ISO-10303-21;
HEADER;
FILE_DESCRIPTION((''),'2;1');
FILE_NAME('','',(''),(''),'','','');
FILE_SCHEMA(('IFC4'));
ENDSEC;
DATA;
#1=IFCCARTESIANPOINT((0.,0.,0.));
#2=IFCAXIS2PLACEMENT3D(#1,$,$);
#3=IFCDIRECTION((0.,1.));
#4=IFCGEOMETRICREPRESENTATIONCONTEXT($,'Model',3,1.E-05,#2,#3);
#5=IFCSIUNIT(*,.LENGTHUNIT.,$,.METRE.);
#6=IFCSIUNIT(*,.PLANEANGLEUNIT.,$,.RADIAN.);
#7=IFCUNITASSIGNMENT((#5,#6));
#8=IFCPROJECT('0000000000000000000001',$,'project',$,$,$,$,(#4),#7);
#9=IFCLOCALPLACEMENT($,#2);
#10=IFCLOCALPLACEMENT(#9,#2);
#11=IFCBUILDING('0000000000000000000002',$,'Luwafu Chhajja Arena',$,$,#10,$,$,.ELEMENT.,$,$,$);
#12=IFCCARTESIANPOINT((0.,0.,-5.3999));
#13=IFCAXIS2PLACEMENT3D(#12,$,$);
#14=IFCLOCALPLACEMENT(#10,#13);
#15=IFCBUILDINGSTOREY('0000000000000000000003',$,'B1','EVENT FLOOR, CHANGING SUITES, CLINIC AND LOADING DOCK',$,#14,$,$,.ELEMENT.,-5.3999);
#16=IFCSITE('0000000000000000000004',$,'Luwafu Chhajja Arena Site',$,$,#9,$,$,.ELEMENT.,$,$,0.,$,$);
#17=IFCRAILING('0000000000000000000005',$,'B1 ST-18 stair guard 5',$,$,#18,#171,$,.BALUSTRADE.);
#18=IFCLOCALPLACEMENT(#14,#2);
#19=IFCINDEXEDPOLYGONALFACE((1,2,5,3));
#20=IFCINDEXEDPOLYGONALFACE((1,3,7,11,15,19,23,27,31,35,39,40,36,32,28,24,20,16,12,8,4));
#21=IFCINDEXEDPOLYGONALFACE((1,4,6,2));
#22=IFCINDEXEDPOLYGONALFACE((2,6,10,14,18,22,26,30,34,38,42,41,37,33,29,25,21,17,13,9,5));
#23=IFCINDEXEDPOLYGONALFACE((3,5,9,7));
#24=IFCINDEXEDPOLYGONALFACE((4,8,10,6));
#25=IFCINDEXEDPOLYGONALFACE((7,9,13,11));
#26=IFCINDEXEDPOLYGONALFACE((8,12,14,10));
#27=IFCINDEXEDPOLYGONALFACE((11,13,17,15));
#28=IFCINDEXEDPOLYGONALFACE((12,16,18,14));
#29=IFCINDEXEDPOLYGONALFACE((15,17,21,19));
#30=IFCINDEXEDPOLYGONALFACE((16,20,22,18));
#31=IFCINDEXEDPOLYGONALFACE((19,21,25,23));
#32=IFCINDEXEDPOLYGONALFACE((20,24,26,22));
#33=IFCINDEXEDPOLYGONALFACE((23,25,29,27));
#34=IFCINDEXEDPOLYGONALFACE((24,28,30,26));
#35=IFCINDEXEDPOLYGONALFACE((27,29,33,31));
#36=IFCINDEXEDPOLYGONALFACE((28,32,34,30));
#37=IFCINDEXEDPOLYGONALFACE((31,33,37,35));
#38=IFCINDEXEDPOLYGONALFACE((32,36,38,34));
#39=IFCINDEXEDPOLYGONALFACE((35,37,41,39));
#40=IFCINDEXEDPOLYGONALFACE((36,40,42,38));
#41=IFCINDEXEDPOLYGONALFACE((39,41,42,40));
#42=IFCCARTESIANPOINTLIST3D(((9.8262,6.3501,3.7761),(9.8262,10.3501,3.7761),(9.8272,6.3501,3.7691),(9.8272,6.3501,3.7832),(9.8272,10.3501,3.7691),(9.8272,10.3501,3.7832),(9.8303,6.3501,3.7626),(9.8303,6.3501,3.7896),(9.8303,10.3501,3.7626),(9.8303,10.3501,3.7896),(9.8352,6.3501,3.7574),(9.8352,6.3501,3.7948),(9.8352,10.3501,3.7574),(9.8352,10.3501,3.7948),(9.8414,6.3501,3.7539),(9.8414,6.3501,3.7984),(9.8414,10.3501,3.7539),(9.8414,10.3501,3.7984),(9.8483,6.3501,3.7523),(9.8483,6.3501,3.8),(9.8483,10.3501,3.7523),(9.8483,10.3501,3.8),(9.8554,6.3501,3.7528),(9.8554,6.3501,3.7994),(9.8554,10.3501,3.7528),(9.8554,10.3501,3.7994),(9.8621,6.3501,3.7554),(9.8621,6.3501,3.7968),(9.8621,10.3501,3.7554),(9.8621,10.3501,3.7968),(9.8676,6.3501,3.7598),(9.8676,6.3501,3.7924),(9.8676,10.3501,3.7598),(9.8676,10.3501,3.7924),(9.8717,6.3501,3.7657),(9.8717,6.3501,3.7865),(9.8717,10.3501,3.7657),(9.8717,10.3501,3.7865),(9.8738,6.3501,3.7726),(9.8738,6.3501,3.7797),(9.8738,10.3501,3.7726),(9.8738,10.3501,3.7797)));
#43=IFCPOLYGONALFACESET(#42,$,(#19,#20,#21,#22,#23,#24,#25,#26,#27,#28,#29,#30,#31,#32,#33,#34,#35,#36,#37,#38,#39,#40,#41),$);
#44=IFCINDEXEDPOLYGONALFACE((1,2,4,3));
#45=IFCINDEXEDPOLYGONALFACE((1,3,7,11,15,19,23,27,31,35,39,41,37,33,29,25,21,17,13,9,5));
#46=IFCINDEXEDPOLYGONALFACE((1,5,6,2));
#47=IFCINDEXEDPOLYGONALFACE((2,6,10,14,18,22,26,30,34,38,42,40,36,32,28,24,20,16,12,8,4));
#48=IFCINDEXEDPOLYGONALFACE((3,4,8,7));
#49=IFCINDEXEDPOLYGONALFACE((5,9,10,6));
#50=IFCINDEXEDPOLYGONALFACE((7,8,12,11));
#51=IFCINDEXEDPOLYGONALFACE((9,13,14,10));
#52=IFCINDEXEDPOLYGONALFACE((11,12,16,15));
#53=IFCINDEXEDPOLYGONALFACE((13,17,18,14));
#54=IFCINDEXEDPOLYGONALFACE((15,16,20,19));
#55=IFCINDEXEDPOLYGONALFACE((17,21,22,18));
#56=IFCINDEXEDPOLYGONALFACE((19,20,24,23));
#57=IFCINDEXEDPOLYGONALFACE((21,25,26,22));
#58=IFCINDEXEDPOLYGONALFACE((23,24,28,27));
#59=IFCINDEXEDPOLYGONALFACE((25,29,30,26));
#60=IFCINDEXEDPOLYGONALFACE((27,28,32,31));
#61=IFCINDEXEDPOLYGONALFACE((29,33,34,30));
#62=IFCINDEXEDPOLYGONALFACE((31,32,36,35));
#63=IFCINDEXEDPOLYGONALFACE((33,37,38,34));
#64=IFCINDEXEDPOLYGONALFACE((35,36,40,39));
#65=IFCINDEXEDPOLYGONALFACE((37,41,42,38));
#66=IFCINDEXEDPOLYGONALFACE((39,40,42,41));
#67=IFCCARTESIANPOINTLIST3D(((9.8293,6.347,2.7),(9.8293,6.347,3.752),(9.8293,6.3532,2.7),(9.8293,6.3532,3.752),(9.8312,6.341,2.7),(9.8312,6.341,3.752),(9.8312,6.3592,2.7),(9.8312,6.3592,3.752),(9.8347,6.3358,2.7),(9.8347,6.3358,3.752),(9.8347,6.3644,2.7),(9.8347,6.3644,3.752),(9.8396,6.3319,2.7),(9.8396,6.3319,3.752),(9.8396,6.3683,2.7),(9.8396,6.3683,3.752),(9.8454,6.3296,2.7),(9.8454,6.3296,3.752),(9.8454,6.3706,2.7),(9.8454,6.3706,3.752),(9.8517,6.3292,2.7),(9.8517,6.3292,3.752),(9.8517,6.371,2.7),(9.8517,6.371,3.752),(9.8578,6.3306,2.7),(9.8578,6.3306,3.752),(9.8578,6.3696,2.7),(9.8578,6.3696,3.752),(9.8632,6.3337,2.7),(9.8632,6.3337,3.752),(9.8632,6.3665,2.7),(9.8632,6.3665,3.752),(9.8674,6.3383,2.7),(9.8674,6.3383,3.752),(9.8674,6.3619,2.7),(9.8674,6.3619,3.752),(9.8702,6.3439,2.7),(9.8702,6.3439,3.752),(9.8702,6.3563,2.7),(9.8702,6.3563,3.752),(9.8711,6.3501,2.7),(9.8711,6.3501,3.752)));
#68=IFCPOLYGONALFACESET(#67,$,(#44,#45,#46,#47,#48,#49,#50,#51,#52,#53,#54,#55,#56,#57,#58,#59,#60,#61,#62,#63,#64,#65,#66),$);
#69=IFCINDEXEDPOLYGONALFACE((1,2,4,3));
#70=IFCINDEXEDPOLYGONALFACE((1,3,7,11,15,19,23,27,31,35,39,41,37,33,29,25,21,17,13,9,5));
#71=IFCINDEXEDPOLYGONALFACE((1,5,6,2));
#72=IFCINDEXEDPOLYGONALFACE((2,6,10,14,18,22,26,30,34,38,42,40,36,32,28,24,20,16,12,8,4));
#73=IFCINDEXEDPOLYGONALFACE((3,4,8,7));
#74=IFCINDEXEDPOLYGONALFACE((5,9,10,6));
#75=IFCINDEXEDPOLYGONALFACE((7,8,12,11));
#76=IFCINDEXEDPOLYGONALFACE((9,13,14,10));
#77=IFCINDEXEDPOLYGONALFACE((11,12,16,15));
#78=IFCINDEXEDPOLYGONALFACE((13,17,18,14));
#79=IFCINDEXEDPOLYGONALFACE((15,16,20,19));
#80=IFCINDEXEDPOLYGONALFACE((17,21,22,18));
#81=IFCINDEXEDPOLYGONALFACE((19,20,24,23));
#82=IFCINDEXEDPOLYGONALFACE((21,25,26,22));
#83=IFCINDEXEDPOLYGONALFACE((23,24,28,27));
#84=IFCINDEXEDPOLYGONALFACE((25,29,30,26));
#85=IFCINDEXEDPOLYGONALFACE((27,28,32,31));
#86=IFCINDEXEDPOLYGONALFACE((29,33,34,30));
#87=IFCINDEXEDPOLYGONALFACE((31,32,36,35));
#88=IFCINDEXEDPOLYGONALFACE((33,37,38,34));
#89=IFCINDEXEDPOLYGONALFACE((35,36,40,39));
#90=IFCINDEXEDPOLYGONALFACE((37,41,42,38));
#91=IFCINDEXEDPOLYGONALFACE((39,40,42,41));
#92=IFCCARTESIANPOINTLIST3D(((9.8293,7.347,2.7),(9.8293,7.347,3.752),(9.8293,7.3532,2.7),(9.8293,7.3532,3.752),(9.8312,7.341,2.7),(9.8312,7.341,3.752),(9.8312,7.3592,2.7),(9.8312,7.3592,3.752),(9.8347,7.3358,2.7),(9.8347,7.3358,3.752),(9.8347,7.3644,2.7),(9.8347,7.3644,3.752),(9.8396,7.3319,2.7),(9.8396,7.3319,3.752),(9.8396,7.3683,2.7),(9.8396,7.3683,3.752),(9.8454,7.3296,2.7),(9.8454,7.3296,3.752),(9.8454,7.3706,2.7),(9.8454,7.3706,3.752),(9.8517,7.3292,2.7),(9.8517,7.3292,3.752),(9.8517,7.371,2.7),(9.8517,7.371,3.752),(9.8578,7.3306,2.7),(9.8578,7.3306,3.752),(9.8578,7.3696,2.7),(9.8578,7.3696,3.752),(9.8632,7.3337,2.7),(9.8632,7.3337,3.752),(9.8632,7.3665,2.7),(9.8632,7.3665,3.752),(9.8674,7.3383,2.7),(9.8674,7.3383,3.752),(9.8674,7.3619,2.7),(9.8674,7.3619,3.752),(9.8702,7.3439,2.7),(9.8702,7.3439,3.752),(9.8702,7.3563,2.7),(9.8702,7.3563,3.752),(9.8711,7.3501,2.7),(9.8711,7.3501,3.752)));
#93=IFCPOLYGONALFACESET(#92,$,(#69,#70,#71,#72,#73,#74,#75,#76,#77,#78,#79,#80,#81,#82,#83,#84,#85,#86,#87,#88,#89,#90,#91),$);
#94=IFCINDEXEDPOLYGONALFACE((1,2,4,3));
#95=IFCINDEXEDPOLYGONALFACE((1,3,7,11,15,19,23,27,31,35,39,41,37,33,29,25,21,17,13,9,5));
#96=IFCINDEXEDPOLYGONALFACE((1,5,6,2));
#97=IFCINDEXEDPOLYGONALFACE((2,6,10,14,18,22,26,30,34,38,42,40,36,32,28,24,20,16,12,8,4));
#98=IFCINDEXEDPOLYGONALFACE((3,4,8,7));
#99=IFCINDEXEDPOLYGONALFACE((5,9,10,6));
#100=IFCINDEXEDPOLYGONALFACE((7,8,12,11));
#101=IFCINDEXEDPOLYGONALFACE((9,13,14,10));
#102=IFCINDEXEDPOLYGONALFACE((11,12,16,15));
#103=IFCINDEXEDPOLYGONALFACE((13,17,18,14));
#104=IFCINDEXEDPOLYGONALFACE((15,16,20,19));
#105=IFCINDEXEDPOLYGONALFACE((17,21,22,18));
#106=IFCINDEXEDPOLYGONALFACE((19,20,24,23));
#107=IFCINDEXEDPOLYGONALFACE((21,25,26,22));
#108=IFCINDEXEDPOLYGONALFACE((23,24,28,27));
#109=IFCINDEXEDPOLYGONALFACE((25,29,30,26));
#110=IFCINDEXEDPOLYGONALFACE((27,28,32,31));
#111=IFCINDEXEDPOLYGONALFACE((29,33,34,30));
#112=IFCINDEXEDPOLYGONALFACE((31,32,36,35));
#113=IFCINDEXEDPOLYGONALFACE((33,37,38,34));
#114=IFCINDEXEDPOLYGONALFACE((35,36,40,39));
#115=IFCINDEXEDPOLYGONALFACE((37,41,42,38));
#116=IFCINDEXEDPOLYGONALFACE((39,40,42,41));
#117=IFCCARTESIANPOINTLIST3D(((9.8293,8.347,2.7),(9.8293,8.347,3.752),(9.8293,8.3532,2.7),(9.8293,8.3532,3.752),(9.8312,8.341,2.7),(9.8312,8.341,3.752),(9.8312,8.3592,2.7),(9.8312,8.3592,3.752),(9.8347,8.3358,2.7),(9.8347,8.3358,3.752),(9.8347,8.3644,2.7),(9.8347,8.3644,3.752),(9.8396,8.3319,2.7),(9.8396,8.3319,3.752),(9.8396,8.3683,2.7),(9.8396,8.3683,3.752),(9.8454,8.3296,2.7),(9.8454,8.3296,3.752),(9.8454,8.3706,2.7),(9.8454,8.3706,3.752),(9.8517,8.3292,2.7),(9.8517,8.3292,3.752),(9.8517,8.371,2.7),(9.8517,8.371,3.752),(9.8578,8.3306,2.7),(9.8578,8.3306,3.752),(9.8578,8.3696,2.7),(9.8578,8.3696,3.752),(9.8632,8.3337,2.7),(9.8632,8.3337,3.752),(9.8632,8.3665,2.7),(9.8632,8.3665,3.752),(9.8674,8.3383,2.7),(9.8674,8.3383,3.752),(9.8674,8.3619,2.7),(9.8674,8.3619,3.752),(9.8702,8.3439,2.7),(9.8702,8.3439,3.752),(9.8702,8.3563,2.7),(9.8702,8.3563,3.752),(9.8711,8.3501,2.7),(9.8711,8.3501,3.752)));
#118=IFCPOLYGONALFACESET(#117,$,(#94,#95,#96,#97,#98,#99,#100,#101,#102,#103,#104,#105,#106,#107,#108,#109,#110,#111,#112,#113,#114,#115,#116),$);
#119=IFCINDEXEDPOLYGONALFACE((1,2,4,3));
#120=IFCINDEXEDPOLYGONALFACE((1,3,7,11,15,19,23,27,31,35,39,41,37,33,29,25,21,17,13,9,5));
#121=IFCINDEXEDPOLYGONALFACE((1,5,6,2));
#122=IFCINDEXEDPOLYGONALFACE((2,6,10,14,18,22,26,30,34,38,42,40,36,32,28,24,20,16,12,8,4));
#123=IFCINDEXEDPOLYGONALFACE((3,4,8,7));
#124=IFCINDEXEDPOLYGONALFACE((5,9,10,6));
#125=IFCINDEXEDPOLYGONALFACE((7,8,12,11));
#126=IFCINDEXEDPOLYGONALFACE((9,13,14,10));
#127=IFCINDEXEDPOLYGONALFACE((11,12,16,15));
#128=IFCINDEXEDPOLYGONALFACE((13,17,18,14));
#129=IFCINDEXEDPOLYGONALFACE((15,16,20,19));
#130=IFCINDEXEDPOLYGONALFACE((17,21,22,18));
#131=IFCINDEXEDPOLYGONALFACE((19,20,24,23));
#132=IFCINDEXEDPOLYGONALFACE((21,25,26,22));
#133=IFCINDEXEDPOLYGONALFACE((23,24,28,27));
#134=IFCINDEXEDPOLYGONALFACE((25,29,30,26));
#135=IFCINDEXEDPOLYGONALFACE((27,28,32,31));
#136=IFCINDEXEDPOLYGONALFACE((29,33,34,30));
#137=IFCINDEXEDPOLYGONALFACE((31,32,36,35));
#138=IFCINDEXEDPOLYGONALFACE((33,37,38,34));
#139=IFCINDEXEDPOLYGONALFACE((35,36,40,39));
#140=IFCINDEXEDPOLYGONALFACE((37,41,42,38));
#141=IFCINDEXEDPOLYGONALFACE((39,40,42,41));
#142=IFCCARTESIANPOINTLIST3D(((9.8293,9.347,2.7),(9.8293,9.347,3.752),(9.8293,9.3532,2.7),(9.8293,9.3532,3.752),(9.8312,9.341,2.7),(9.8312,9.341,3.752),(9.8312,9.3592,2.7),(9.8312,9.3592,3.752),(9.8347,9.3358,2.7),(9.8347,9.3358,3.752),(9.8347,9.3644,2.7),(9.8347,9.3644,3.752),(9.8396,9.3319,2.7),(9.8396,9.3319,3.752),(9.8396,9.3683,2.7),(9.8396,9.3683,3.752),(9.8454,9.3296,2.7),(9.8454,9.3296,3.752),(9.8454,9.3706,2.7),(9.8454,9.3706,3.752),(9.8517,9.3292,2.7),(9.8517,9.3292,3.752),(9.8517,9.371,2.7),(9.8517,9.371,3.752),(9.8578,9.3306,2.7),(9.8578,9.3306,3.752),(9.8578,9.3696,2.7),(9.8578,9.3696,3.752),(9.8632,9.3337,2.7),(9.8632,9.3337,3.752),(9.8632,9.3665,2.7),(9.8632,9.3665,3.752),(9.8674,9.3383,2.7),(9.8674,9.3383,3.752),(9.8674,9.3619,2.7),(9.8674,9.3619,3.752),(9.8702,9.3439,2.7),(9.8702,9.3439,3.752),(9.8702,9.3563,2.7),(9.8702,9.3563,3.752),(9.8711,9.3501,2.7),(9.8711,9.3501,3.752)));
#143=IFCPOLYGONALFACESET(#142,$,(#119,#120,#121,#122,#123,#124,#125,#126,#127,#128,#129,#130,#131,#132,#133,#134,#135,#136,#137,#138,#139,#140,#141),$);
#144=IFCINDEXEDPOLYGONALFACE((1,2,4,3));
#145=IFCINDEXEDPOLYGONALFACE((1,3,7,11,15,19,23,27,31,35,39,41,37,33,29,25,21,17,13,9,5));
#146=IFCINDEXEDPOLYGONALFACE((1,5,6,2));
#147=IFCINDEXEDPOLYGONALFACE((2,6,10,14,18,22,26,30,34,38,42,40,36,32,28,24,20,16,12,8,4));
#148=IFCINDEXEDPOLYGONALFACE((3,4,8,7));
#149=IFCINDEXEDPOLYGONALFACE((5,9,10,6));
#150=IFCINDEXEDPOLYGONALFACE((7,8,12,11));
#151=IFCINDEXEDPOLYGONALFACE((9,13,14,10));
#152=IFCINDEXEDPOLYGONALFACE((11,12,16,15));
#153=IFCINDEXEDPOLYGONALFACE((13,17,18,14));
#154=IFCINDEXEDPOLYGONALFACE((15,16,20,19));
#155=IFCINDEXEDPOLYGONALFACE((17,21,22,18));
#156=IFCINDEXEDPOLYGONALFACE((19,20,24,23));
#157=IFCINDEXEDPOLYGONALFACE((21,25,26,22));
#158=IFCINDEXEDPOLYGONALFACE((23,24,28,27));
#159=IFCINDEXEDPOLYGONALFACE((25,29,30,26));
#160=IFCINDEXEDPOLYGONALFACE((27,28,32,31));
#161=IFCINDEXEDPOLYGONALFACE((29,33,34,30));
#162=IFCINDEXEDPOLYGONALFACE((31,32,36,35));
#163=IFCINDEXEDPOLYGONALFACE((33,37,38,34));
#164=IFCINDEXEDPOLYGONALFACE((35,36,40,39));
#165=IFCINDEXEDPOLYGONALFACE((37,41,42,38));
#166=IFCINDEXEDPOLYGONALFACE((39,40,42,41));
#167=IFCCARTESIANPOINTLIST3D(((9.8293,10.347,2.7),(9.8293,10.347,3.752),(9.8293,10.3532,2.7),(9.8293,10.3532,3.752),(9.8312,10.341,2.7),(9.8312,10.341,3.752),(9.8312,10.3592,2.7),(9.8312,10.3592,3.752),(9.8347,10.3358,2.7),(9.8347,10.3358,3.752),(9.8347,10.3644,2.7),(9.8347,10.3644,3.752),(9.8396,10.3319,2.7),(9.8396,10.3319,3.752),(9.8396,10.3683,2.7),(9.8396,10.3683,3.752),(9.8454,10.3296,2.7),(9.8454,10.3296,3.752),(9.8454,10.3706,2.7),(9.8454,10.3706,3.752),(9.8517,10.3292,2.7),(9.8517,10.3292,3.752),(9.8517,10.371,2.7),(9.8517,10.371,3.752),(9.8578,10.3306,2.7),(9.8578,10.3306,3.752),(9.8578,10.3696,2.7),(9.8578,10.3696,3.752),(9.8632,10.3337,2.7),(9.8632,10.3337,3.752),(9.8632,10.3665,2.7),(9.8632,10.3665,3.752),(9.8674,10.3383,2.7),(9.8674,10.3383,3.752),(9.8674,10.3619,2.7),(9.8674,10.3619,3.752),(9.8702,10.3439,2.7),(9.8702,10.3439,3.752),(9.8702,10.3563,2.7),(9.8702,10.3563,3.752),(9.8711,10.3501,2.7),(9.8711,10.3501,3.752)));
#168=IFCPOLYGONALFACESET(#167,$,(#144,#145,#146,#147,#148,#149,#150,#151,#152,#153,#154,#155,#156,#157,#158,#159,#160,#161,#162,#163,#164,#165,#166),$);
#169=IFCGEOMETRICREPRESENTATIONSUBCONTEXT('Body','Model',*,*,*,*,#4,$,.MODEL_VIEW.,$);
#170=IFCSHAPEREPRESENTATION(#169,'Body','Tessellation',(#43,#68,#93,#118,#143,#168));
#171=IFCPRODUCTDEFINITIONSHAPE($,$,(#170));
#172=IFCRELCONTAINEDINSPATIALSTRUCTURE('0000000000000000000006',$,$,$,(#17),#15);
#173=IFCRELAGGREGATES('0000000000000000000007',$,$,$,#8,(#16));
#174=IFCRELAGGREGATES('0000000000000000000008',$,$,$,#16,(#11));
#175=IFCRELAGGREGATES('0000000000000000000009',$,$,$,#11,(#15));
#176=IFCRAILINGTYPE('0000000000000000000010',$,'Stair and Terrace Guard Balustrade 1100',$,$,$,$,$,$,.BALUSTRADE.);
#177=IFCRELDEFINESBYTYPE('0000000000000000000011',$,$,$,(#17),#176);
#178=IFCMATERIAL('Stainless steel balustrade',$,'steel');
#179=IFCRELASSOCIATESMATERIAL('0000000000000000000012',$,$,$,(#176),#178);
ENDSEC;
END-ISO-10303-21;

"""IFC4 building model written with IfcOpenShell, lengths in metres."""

from ifc_helpers import new_model, si_unit, direction, frame, origin, origin_2d, place, context, subcontext, project, spatial, circle, extrude, material, type_object, element, save


model = new_model("IFC4")

# Units and contexts
model_context = context("Model", 3, precision=1e-05, world=origin(), true_north=direction((0.0, 1.0)))
body_context = subcontext(model_context, "Body", "Model", "MODEL_VIEW")
ifc_project = project(units=[si_unit("LENGTHUNIT", "METRE"), si_unit("PLANEANGLEUNIT", "RADIAN")], contexts=[model_context])

# Site, building, storey
site_placement = place(None, origin())
site = spatial("IfcSite", under=ifc_project, at=site_placement, Name="Luwafu Chhajja Arena Site", CompositionType="ELEMENT", RefElevation=0.0)
building_placement = place(site_placement, origin())
building = spatial("IfcBuilding", under=site, at=building_placement, Name="Luwafu Chhajja Arena", CompositionType="ELEMENT")
storey_placement = place(building_placement, frame((0.0, 0.0, -5.3999)))
storey = spatial("IfcBuildingStorey", under=building, at=storey_placement, Name="B1", Description="EVENT FLOOR, CHANGING SUITES, CLINIC AND LOADING DOCK", CompositionType="ELEMENT", Elevation=-5.3999)

# Railing
ifc_material_1 = material(Name="Stainless steel balustrade", Category="steel")
railing_type = type_object("IfcRailingType", Name="Stair and Terrace Guard Balustrade 1100", PredefinedType="BALUSTRADE", material=ifc_material_1)
for number, where, name in (
    (1, (9.8501, 6.3501, 2.7), "B1 ST-18 stair guard 5"),
):
    element("IfcRailing", number, at=place(storey_placement, frame(where)), inside=storey, type_object=railing_type, Name=name, PredefinedType="BALUSTRADE", context=body_context, shape_type="SweptSolid", body=[
        extrude(circle(Radius=0.0239, at=origin_2d()), frame((0.0, 0.0, 1.0762), z_axis=(0.0, 1.0, 0.0), x_axis=(-1.0, 0.0, 0.0)), (0.0, 0.0, 1.0), 4.0),
        extrude(circle(Radius=0.021, at=origin_2d()), origin(), (0.0, 0.0, 1.0), 1.052),
        extrude(circle(Radius=0.021, at=origin_2d()), frame((0.0, 1.0, 0.0)), (0.0, 0.0, 1.0), 1.052),
        extrude(circle(Radius=0.021, at=origin_2d()), frame((0.0, 2.0, 0.0)), (0.0, 0.0, 1.0), 1.052),
        extrude(circle(Radius=0.021, at=origin_2d()), frame((0.0, 3.0, 0.0)), (0.0, 0.0, 1.0), 1.052),
        extrude(circle(Radius=0.021, at=origin_2d()), frame((0.0, 4.0, 0.0)), (0.0, 0.0, 1.0), 1.052),
    ])

save(model, "model.ifc")
